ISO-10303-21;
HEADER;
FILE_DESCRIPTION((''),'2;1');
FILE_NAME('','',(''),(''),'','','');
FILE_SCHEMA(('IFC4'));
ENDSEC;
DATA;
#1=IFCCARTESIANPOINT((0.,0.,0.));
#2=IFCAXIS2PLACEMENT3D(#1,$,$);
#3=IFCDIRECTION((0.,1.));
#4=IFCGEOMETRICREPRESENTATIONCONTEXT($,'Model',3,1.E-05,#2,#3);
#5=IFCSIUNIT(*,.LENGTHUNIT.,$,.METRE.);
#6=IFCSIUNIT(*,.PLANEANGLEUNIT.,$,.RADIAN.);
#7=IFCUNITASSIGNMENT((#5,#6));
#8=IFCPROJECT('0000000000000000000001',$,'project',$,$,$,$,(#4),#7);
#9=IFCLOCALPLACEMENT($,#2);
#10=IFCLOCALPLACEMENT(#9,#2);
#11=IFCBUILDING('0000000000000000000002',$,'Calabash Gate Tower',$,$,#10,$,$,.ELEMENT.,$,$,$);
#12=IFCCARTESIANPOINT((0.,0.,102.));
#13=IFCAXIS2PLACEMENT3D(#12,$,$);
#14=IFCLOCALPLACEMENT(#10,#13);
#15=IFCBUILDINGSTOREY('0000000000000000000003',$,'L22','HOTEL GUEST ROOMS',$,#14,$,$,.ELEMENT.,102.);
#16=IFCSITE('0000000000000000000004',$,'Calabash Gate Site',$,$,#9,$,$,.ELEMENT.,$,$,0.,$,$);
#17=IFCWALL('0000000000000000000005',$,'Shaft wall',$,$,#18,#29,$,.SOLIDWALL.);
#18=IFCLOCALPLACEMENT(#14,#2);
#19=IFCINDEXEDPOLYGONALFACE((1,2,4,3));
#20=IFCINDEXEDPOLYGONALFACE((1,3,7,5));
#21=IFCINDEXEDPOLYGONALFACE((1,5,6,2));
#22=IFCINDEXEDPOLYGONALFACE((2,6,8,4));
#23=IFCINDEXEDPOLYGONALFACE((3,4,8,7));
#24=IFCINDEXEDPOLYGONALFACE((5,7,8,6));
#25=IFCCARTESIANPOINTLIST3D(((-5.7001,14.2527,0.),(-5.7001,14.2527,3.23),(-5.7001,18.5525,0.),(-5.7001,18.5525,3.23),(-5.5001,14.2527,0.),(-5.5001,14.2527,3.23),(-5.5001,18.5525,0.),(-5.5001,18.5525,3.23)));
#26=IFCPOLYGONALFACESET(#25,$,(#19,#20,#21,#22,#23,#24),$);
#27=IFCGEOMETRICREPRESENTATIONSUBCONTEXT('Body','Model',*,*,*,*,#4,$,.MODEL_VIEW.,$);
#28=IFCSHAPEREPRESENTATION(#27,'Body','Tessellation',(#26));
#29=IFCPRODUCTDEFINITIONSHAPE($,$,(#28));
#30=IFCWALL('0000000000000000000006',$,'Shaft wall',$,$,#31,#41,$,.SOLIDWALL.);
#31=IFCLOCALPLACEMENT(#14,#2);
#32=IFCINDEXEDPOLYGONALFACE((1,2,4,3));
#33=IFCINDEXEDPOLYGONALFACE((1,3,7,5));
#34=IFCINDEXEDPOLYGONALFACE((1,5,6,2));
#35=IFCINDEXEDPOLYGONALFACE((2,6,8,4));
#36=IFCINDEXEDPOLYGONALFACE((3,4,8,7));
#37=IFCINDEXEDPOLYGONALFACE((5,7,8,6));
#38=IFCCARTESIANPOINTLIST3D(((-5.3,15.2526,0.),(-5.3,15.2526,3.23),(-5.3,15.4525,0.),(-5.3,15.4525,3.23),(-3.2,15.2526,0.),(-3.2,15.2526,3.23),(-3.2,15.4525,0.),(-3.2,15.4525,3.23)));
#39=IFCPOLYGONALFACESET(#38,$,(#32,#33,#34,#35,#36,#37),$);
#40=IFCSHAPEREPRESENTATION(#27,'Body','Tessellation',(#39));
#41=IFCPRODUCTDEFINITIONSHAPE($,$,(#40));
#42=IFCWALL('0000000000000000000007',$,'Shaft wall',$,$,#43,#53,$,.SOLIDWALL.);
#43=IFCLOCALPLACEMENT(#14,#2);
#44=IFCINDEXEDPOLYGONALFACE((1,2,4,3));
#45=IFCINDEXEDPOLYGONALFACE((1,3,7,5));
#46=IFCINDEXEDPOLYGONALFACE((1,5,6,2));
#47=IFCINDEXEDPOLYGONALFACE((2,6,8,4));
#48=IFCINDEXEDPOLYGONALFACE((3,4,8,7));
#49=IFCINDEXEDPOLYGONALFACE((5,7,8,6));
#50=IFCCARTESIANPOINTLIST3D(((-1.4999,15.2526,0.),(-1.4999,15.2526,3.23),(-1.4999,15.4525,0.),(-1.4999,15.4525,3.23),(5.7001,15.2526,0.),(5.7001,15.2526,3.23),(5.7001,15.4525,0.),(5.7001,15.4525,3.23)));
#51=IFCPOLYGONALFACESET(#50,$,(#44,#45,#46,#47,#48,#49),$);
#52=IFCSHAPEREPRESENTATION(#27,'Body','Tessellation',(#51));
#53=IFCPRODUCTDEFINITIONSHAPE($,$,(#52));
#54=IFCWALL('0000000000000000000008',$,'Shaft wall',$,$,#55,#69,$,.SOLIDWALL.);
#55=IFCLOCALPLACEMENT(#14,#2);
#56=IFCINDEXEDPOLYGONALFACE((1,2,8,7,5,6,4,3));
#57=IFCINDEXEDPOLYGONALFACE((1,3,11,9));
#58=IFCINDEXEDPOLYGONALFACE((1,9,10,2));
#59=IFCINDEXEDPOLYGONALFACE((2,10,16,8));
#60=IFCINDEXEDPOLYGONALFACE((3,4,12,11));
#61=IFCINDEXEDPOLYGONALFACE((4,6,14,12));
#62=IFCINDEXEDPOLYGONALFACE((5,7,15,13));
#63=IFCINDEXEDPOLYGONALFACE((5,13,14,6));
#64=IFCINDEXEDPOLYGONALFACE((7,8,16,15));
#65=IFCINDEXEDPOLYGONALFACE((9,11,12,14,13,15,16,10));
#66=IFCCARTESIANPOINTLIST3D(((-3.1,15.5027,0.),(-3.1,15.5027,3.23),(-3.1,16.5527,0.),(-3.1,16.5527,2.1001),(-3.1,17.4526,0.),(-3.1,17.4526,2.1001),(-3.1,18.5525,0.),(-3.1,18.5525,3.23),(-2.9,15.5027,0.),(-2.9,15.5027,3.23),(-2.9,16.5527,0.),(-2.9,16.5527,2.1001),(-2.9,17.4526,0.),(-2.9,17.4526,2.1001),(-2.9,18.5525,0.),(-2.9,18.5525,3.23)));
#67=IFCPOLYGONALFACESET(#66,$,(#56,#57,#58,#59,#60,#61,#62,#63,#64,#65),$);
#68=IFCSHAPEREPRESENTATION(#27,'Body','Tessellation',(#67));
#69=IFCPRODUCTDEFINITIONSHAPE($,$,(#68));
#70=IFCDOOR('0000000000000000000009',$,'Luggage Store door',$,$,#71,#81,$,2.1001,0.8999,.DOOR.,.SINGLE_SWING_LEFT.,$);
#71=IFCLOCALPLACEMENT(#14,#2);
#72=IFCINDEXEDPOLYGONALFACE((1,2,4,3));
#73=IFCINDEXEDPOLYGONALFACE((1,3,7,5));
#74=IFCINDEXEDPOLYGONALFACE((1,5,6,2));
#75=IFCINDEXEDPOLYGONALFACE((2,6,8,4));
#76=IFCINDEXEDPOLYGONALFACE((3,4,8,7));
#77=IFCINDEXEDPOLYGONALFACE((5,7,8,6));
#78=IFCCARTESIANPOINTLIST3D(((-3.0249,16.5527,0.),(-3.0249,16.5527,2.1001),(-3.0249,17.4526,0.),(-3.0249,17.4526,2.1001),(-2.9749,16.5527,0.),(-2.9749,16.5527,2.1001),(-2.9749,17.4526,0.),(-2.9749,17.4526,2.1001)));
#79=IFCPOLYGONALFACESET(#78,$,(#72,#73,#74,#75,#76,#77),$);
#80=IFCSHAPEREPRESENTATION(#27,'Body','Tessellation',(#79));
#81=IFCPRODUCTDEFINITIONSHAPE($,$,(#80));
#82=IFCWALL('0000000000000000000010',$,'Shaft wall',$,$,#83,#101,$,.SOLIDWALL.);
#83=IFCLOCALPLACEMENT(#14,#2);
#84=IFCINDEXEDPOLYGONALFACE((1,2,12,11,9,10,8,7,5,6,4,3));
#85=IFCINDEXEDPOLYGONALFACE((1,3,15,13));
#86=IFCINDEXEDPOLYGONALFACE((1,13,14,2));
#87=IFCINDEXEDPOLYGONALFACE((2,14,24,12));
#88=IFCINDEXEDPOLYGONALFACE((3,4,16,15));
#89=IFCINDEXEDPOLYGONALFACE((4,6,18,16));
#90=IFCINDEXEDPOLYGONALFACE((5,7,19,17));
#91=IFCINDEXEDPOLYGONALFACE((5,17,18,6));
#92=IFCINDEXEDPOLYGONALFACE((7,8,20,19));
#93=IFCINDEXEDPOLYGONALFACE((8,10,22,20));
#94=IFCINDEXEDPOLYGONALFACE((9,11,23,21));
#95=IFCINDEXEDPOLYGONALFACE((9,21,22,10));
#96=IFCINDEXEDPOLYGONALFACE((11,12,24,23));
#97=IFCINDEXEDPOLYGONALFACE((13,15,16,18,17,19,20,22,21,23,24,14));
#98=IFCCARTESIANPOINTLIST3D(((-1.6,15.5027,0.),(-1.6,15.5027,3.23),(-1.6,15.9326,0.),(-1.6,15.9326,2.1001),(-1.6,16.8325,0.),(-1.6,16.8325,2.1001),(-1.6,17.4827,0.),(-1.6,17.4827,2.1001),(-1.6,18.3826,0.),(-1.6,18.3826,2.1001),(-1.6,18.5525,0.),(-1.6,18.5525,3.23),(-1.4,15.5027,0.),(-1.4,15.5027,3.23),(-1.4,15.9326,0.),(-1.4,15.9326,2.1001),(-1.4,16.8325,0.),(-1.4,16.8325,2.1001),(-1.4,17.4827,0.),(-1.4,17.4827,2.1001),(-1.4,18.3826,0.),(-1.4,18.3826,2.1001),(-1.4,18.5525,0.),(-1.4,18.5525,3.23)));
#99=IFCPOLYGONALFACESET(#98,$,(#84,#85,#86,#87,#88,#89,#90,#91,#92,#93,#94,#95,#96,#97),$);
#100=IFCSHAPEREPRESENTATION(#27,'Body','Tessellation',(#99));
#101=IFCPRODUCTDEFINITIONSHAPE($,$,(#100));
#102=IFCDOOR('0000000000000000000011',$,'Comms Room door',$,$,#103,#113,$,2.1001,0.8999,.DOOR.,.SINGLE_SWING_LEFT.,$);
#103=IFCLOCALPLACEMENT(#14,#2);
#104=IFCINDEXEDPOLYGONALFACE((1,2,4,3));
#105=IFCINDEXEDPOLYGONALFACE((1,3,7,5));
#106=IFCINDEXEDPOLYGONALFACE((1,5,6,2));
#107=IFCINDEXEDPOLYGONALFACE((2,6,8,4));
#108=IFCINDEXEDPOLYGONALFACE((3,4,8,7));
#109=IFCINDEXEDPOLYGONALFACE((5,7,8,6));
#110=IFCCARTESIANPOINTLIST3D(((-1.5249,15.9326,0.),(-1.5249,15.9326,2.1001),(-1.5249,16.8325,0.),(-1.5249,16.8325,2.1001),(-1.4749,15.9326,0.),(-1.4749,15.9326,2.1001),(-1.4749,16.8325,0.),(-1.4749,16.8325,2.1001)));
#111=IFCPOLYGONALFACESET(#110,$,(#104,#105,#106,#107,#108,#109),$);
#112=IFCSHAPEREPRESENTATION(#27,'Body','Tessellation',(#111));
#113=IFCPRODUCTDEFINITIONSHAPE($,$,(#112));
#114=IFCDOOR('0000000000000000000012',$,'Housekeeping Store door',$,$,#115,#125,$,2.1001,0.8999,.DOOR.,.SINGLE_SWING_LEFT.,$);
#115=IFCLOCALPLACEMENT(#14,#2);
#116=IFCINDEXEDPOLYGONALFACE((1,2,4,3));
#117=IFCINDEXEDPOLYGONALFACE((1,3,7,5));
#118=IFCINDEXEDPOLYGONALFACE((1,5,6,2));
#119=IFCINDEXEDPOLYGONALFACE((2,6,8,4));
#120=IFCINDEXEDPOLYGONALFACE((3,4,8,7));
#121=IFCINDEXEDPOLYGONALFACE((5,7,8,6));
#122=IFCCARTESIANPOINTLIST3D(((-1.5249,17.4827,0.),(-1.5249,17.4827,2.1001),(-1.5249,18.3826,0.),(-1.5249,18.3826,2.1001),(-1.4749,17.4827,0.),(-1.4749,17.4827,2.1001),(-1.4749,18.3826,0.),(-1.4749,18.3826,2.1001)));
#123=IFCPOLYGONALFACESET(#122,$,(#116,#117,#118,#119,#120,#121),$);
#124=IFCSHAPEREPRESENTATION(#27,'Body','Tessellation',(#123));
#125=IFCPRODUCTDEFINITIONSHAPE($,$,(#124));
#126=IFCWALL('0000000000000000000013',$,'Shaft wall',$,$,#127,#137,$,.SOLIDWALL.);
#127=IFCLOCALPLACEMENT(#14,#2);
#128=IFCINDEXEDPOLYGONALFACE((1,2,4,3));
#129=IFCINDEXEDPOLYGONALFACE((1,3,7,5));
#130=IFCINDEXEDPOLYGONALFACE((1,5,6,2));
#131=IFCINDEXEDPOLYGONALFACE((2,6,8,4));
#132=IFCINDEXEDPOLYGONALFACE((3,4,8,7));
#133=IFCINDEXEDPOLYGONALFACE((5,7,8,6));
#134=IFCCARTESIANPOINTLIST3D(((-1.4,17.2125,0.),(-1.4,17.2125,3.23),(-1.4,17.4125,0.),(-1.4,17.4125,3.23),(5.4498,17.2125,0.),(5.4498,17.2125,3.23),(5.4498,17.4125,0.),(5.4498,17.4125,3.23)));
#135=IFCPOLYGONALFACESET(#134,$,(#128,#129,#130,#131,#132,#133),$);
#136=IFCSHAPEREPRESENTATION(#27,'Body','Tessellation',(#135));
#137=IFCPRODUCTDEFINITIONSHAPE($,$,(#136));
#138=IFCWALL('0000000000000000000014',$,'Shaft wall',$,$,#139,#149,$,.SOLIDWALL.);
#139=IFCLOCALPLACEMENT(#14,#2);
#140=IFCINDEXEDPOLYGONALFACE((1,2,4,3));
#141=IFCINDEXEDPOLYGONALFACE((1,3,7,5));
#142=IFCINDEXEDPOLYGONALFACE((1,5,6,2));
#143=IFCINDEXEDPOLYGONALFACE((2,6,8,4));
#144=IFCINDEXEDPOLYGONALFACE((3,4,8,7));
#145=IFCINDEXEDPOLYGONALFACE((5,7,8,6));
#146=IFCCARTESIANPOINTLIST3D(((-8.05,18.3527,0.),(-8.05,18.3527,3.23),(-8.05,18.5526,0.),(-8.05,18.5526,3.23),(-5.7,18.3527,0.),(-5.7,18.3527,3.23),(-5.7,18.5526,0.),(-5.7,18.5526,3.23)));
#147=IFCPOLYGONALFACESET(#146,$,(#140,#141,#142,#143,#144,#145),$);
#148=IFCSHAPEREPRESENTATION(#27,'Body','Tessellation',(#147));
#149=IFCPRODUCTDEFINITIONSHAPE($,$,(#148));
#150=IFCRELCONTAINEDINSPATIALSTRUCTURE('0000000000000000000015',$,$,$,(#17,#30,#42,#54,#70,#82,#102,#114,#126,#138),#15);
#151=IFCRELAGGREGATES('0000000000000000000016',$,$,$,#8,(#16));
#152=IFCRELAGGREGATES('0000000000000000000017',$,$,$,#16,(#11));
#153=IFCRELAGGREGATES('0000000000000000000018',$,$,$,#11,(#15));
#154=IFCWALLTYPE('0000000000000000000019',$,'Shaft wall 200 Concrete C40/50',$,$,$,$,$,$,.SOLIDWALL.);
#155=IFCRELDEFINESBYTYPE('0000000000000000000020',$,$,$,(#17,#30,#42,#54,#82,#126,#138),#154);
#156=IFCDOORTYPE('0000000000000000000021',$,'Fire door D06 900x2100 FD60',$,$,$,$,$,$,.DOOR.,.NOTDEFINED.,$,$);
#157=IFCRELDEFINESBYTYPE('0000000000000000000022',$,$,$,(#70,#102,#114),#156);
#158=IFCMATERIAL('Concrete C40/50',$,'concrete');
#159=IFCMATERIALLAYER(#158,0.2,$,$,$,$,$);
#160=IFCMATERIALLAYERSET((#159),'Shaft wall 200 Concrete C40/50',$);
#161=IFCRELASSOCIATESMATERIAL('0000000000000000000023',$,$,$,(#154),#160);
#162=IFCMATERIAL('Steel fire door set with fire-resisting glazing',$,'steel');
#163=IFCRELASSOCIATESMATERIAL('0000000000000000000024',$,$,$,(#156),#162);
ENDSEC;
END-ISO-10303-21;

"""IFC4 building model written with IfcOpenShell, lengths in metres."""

from ifc_helpers import new_model, si_unit, direction, frame, frame_2d, origin, place, context, subcontext, project, spatial, rectangle, extrude, material, layer, layer_set, type_object, element, fill, save


model = new_model("IFC4")

# Units and contexts
model_context = context("Model", 3, precision=1e-05, world=origin(), true_north=direction((0.0, 1.0)))
body_context = subcontext(model_context, "Body", "Model", "MODEL_VIEW")
ifc_project = project(units=[si_unit("LENGTHUNIT", "METRE"), si_unit("PLANEANGLEUNIT", "RADIAN")], contexts=[model_context])

# Site, building, storey
site_placement = place(None, origin())
site = spatial("IfcSite", under=ifc_project, at=site_placement, Name="Calabash Gate Site", CompositionType="ELEMENT", RefElevation=0.0)
building_placement = place(site_placement, origin())
building = spatial("IfcBuilding", under=site, at=building_placement, Name="Calabash Gate Tower", CompositionType="ELEMENT")
storey_placement = place(building_placement, frame((0.0, 0.0, 102.0)))
storey = spatial("IfcBuildingStorey", under=building, at=storey_placement, Name="L22", Description="HOTEL GUEST ROOMS", CompositionType="ELEMENT", Elevation=102.0)

# Shared definitions
ifc_material_1 = material(Name="Concrete C40/50", Category="concrete")
ifc_layer_1 = layer(ifc_material_1, 0.2)
ifc_layer_set_1 = layer_set([ifc_layer_1], Name="Shaft wall 200 Concrete C40/50")
wall_type_1 = type_object("IfcWallType", Name="Shaft wall 200 Concrete C40/50", PredefinedType="SOLIDWALL", material=ifc_layer_set_1)
ifc_material_2 = material(Name="Steel fire door set with fire-resisting glazing", Category="steel")
door_type_1 = type_object("IfcDoorType", Name="Fire door D06 900x2100 FD60", OperationType="NOTDEFINED", PredefinedType="DOOR", material=ifc_material_2)

# Walls
wall_1_placement = place(storey_placement, frame((-5.6001, 14.2527, 0.0), z_axis=(0.0, 0.0, 1.0), x_axis=(0.0, 1.0, 0.0)))
element("IfcWall", 1, at=wall_1_placement, inside=storey, type_object=wall_type_1, Name="Shaft wall", PredefinedType="SOLIDWALL", context=body_context, shape_type="SweptSolid", body=[
    extrude(rectangle(XDim=4.2998, YDim=0.2, at=frame_2d((2.1499, 0.0))), origin(), (0.0, 0.0, 1.0), 3.23),
])
wall_2_placement = place(storey_placement, frame((-5.3, 15.3525, 0.0), z_axis=(0.0, 0.0, 1.0), x_axis=(1.0, 0.0, 0.0)))
element("IfcWall", 2, at=wall_2_placement, inside=storey, type_object=wall_type_1, Name="Shaft wall", PredefinedType="SOLIDWALL", context=body_context, shape_type="SweptSolid", body=[
    extrude(rectangle(XDim=2.1001, YDim=0.2, at=frame_2d((1.05, 0.0))), origin(), (0.0, 0.0, 1.0), 3.23),
])
wall_3_placement = place(storey_placement, frame((-1.5, 15.3525, 0.0), z_axis=(0.0, 0.0, 1.0), x_axis=(1.0, 0.0, 0.0)))
element("IfcWall", 3, at=wall_3_placement, inside=storey, type_object=wall_type_1, Name="Shaft wall", PredefinedType="SOLIDWALL", context=body_context, shape_type="SweptSolid", body=[
    extrude(rectangle(XDim=7.2, YDim=0.2, at=frame_2d((3.6001, 0.0))), origin(), (0.0, 0.0, 1.0), 3.23),
])

# Wall, opening, door
wall_4_placement = place(storey_placement, frame((-3.0, 15.5027, 0.0), z_axis=(0.0, 0.0, 1.0), x_axis=(0.0, 1.0, 0.0)))
wall_4 = element("IfcWall", 4, at=wall_4_placement, inside=storey, type_object=wall_type_1, Name="Shaft wall", PredefinedType="SOLIDWALL", context=body_context, shape_type="SweptSolid", body=[
    extrude(rectangle(XDim=3.0498, YDim=0.2, at=frame_2d((1.5249, 0.0))), origin(), (0.0, 0.0, 1.0), 3.23),
])
opening_1_placement = place(wall_4_placement, frame((1.05, 0.0, 0.0)))
opening_1 = element("IfcOpeningElement", 5, at=opening_1_placement, cuts=wall_4, PredefinedType="OPENING", context=body_context, shape_type="SweptSolid", body=[
    extrude(rectangle(XDim=0.8999, YDim=2.1001, at=frame_2d((0.45, 1.05))), frame((0.0, 0.1099, 0.0), z_axis=(0.0, -1.0, 0.0), x_axis=(1.0, 0.0, 0.0)), (0.0, 0.0, 1.0), 0.22),
])
door_1_placement = place(opening_1_placement, origin())
door_1 = element("IfcDoor", 6, at=door_1_placement, inside=storey, type_object=door_type_1, Name="Luggage Store door", OperationType="SINGLE_SWING_LEFT", OverallHeight=2.1001, OverallWidth=0.8999, PredefinedType="DOOR", context=body_context, shape_type="SweptSolid", body=[
    extrude(rectangle(XDim=0.8999, YDim=2.1001, at=frame_2d((0.45, 1.05))), frame((0.0, 0.0249, 0.0), z_axis=(0.0, -1.0, 0.0), x_axis=(1.0, 0.0, 0.0)), (0.0, 0.0, 1.0), 0.05),
])
fill(opening_1, door_1)

# Wall, openings, doors
wall_5_placement = place(storey_placement, frame((-1.5, 15.5027, 0.0), z_axis=(0.0, 0.0, 1.0), x_axis=(0.0, 1.0, 0.0)))
wall_5 = element("IfcWall", 7, at=wall_5_placement, inside=storey, type_object=wall_type_1, Name="Shaft wall", PredefinedType="SOLIDWALL", context=body_context, shape_type="SweptSolid", body=[
    extrude(rectangle(XDim=3.0498, YDim=0.2, at=frame_2d((1.5249, 0.0))), origin(), (0.0, 0.0, 1.0), 3.23),
])
opening_2_placement = place(wall_5_placement, frame((0.4299, 0.0, 0.0)))
opening_2 = element("IfcOpeningElement", 8, at=opening_2_placement, cuts=wall_5, PredefinedType="OPENING", context=body_context, shape_type="SweptSolid", body=[
    extrude(rectangle(XDim=0.8999, YDim=2.1001, at=frame_2d((0.45, 1.05))), frame((0.0, 0.1099, 0.0), z_axis=(0.0, -1.0, 0.0), x_axis=(1.0, 0.0, 0.0)), (0.0, 0.0, 1.0), 0.22),
])
opening_3_placement = place(wall_5_placement, frame((1.98, 0.0, 0.0)))
opening_3 = element("IfcOpeningElement", 9, at=opening_3_placement, cuts=wall_5, PredefinedType="OPENING", context=body_context, shape_type="SweptSolid", body=[
    extrude(rectangle(XDim=0.8999, YDim=2.1001, at=frame_2d((0.45, 1.05))), frame((0.0, 0.1099, 0.0), z_axis=(0.0, -1.0, 0.0), x_axis=(1.0, 0.0, 0.0)), (0.0, 0.0, 1.0), 0.22),
])
door_2_placement = place(opening_2_placement, origin())
door_2 = element("IfcDoor", 10, at=door_2_placement, inside=storey, type_object=door_type_1, Name="Comms Room door", OperationType="SINGLE_SWING_LEFT", OverallHeight=2.1001, OverallWidth=0.8999, PredefinedType="DOOR", context=body_context, shape_type="SweptSolid", body=[
    extrude(rectangle(XDim=0.8999, YDim=2.1001, at=frame_2d((0.45, 1.05))), frame((0.0, 0.0249, 0.0), z_axis=(0.0, -1.0, 0.0), x_axis=(1.0, 0.0, 0.0)), (0.0, 0.0, 1.0), 0.05),
])
fill(opening_2, door_2)
door_3_placement = place(opening_3_placement, origin())
door_3 = element("IfcDoor", 11, at=door_3_placement, inside=storey, type_object=door_type_1, Name="Housekeeping Store door", OperationType="SINGLE_SWING_LEFT", OverallHeight=2.1001, OverallWidth=0.8999, PredefinedType="DOOR", context=body_context, shape_type="SweptSolid", body=[
    extrude(rectangle(XDim=0.8999, YDim=2.1001, at=frame_2d((0.45, 1.05))), frame((0.0, 0.0249, 0.0), z_axis=(0.0, -1.0, 0.0), x_axis=(1.0, 0.0, 0.0)), (0.0, 0.0, 1.0), 0.05),
])
fill(opening_3, door_3)

# Walls
wall_6_placement = place(storey_placement, frame((-1.3999, 17.3125, 0.0), z_axis=(0.0, 0.0, 1.0), x_axis=(1.0, 0.0, 0.0)))
element("IfcWall", 12, at=wall_6_placement, inside=storey, type_object=wall_type_1, Name="Shaft wall", PredefinedType="SOLIDWALL", context=body_context, shape_type="SweptSolid", body=[
    extrude(rectangle(XDim=6.8499, YDim=0.2, at=frame_2d((3.4248, 0.0))), origin(), (0.0, 0.0, 1.0), 3.23),
])
wall_7_placement = place(storey_placement, frame((-8.05, 18.4526, 0.0), z_axis=(0.0, 0.0, 1.0), x_axis=(1.0, 0.0, 0.0)))
element("IfcWall", 13, at=wall_7_placement, inside=storey, type_object=wall_type_1, Name="Shaft wall", PredefinedType="SOLIDWALL", context=body_context, shape_type="SweptSolid", body=[
    extrude(rectangle(XDim=2.3501, YDim=0.2, at=frame_2d((1.175, 0.0))), origin(), (0.0, 0.0, 1.0), 3.23),
])

save(model, "model.ifc")
